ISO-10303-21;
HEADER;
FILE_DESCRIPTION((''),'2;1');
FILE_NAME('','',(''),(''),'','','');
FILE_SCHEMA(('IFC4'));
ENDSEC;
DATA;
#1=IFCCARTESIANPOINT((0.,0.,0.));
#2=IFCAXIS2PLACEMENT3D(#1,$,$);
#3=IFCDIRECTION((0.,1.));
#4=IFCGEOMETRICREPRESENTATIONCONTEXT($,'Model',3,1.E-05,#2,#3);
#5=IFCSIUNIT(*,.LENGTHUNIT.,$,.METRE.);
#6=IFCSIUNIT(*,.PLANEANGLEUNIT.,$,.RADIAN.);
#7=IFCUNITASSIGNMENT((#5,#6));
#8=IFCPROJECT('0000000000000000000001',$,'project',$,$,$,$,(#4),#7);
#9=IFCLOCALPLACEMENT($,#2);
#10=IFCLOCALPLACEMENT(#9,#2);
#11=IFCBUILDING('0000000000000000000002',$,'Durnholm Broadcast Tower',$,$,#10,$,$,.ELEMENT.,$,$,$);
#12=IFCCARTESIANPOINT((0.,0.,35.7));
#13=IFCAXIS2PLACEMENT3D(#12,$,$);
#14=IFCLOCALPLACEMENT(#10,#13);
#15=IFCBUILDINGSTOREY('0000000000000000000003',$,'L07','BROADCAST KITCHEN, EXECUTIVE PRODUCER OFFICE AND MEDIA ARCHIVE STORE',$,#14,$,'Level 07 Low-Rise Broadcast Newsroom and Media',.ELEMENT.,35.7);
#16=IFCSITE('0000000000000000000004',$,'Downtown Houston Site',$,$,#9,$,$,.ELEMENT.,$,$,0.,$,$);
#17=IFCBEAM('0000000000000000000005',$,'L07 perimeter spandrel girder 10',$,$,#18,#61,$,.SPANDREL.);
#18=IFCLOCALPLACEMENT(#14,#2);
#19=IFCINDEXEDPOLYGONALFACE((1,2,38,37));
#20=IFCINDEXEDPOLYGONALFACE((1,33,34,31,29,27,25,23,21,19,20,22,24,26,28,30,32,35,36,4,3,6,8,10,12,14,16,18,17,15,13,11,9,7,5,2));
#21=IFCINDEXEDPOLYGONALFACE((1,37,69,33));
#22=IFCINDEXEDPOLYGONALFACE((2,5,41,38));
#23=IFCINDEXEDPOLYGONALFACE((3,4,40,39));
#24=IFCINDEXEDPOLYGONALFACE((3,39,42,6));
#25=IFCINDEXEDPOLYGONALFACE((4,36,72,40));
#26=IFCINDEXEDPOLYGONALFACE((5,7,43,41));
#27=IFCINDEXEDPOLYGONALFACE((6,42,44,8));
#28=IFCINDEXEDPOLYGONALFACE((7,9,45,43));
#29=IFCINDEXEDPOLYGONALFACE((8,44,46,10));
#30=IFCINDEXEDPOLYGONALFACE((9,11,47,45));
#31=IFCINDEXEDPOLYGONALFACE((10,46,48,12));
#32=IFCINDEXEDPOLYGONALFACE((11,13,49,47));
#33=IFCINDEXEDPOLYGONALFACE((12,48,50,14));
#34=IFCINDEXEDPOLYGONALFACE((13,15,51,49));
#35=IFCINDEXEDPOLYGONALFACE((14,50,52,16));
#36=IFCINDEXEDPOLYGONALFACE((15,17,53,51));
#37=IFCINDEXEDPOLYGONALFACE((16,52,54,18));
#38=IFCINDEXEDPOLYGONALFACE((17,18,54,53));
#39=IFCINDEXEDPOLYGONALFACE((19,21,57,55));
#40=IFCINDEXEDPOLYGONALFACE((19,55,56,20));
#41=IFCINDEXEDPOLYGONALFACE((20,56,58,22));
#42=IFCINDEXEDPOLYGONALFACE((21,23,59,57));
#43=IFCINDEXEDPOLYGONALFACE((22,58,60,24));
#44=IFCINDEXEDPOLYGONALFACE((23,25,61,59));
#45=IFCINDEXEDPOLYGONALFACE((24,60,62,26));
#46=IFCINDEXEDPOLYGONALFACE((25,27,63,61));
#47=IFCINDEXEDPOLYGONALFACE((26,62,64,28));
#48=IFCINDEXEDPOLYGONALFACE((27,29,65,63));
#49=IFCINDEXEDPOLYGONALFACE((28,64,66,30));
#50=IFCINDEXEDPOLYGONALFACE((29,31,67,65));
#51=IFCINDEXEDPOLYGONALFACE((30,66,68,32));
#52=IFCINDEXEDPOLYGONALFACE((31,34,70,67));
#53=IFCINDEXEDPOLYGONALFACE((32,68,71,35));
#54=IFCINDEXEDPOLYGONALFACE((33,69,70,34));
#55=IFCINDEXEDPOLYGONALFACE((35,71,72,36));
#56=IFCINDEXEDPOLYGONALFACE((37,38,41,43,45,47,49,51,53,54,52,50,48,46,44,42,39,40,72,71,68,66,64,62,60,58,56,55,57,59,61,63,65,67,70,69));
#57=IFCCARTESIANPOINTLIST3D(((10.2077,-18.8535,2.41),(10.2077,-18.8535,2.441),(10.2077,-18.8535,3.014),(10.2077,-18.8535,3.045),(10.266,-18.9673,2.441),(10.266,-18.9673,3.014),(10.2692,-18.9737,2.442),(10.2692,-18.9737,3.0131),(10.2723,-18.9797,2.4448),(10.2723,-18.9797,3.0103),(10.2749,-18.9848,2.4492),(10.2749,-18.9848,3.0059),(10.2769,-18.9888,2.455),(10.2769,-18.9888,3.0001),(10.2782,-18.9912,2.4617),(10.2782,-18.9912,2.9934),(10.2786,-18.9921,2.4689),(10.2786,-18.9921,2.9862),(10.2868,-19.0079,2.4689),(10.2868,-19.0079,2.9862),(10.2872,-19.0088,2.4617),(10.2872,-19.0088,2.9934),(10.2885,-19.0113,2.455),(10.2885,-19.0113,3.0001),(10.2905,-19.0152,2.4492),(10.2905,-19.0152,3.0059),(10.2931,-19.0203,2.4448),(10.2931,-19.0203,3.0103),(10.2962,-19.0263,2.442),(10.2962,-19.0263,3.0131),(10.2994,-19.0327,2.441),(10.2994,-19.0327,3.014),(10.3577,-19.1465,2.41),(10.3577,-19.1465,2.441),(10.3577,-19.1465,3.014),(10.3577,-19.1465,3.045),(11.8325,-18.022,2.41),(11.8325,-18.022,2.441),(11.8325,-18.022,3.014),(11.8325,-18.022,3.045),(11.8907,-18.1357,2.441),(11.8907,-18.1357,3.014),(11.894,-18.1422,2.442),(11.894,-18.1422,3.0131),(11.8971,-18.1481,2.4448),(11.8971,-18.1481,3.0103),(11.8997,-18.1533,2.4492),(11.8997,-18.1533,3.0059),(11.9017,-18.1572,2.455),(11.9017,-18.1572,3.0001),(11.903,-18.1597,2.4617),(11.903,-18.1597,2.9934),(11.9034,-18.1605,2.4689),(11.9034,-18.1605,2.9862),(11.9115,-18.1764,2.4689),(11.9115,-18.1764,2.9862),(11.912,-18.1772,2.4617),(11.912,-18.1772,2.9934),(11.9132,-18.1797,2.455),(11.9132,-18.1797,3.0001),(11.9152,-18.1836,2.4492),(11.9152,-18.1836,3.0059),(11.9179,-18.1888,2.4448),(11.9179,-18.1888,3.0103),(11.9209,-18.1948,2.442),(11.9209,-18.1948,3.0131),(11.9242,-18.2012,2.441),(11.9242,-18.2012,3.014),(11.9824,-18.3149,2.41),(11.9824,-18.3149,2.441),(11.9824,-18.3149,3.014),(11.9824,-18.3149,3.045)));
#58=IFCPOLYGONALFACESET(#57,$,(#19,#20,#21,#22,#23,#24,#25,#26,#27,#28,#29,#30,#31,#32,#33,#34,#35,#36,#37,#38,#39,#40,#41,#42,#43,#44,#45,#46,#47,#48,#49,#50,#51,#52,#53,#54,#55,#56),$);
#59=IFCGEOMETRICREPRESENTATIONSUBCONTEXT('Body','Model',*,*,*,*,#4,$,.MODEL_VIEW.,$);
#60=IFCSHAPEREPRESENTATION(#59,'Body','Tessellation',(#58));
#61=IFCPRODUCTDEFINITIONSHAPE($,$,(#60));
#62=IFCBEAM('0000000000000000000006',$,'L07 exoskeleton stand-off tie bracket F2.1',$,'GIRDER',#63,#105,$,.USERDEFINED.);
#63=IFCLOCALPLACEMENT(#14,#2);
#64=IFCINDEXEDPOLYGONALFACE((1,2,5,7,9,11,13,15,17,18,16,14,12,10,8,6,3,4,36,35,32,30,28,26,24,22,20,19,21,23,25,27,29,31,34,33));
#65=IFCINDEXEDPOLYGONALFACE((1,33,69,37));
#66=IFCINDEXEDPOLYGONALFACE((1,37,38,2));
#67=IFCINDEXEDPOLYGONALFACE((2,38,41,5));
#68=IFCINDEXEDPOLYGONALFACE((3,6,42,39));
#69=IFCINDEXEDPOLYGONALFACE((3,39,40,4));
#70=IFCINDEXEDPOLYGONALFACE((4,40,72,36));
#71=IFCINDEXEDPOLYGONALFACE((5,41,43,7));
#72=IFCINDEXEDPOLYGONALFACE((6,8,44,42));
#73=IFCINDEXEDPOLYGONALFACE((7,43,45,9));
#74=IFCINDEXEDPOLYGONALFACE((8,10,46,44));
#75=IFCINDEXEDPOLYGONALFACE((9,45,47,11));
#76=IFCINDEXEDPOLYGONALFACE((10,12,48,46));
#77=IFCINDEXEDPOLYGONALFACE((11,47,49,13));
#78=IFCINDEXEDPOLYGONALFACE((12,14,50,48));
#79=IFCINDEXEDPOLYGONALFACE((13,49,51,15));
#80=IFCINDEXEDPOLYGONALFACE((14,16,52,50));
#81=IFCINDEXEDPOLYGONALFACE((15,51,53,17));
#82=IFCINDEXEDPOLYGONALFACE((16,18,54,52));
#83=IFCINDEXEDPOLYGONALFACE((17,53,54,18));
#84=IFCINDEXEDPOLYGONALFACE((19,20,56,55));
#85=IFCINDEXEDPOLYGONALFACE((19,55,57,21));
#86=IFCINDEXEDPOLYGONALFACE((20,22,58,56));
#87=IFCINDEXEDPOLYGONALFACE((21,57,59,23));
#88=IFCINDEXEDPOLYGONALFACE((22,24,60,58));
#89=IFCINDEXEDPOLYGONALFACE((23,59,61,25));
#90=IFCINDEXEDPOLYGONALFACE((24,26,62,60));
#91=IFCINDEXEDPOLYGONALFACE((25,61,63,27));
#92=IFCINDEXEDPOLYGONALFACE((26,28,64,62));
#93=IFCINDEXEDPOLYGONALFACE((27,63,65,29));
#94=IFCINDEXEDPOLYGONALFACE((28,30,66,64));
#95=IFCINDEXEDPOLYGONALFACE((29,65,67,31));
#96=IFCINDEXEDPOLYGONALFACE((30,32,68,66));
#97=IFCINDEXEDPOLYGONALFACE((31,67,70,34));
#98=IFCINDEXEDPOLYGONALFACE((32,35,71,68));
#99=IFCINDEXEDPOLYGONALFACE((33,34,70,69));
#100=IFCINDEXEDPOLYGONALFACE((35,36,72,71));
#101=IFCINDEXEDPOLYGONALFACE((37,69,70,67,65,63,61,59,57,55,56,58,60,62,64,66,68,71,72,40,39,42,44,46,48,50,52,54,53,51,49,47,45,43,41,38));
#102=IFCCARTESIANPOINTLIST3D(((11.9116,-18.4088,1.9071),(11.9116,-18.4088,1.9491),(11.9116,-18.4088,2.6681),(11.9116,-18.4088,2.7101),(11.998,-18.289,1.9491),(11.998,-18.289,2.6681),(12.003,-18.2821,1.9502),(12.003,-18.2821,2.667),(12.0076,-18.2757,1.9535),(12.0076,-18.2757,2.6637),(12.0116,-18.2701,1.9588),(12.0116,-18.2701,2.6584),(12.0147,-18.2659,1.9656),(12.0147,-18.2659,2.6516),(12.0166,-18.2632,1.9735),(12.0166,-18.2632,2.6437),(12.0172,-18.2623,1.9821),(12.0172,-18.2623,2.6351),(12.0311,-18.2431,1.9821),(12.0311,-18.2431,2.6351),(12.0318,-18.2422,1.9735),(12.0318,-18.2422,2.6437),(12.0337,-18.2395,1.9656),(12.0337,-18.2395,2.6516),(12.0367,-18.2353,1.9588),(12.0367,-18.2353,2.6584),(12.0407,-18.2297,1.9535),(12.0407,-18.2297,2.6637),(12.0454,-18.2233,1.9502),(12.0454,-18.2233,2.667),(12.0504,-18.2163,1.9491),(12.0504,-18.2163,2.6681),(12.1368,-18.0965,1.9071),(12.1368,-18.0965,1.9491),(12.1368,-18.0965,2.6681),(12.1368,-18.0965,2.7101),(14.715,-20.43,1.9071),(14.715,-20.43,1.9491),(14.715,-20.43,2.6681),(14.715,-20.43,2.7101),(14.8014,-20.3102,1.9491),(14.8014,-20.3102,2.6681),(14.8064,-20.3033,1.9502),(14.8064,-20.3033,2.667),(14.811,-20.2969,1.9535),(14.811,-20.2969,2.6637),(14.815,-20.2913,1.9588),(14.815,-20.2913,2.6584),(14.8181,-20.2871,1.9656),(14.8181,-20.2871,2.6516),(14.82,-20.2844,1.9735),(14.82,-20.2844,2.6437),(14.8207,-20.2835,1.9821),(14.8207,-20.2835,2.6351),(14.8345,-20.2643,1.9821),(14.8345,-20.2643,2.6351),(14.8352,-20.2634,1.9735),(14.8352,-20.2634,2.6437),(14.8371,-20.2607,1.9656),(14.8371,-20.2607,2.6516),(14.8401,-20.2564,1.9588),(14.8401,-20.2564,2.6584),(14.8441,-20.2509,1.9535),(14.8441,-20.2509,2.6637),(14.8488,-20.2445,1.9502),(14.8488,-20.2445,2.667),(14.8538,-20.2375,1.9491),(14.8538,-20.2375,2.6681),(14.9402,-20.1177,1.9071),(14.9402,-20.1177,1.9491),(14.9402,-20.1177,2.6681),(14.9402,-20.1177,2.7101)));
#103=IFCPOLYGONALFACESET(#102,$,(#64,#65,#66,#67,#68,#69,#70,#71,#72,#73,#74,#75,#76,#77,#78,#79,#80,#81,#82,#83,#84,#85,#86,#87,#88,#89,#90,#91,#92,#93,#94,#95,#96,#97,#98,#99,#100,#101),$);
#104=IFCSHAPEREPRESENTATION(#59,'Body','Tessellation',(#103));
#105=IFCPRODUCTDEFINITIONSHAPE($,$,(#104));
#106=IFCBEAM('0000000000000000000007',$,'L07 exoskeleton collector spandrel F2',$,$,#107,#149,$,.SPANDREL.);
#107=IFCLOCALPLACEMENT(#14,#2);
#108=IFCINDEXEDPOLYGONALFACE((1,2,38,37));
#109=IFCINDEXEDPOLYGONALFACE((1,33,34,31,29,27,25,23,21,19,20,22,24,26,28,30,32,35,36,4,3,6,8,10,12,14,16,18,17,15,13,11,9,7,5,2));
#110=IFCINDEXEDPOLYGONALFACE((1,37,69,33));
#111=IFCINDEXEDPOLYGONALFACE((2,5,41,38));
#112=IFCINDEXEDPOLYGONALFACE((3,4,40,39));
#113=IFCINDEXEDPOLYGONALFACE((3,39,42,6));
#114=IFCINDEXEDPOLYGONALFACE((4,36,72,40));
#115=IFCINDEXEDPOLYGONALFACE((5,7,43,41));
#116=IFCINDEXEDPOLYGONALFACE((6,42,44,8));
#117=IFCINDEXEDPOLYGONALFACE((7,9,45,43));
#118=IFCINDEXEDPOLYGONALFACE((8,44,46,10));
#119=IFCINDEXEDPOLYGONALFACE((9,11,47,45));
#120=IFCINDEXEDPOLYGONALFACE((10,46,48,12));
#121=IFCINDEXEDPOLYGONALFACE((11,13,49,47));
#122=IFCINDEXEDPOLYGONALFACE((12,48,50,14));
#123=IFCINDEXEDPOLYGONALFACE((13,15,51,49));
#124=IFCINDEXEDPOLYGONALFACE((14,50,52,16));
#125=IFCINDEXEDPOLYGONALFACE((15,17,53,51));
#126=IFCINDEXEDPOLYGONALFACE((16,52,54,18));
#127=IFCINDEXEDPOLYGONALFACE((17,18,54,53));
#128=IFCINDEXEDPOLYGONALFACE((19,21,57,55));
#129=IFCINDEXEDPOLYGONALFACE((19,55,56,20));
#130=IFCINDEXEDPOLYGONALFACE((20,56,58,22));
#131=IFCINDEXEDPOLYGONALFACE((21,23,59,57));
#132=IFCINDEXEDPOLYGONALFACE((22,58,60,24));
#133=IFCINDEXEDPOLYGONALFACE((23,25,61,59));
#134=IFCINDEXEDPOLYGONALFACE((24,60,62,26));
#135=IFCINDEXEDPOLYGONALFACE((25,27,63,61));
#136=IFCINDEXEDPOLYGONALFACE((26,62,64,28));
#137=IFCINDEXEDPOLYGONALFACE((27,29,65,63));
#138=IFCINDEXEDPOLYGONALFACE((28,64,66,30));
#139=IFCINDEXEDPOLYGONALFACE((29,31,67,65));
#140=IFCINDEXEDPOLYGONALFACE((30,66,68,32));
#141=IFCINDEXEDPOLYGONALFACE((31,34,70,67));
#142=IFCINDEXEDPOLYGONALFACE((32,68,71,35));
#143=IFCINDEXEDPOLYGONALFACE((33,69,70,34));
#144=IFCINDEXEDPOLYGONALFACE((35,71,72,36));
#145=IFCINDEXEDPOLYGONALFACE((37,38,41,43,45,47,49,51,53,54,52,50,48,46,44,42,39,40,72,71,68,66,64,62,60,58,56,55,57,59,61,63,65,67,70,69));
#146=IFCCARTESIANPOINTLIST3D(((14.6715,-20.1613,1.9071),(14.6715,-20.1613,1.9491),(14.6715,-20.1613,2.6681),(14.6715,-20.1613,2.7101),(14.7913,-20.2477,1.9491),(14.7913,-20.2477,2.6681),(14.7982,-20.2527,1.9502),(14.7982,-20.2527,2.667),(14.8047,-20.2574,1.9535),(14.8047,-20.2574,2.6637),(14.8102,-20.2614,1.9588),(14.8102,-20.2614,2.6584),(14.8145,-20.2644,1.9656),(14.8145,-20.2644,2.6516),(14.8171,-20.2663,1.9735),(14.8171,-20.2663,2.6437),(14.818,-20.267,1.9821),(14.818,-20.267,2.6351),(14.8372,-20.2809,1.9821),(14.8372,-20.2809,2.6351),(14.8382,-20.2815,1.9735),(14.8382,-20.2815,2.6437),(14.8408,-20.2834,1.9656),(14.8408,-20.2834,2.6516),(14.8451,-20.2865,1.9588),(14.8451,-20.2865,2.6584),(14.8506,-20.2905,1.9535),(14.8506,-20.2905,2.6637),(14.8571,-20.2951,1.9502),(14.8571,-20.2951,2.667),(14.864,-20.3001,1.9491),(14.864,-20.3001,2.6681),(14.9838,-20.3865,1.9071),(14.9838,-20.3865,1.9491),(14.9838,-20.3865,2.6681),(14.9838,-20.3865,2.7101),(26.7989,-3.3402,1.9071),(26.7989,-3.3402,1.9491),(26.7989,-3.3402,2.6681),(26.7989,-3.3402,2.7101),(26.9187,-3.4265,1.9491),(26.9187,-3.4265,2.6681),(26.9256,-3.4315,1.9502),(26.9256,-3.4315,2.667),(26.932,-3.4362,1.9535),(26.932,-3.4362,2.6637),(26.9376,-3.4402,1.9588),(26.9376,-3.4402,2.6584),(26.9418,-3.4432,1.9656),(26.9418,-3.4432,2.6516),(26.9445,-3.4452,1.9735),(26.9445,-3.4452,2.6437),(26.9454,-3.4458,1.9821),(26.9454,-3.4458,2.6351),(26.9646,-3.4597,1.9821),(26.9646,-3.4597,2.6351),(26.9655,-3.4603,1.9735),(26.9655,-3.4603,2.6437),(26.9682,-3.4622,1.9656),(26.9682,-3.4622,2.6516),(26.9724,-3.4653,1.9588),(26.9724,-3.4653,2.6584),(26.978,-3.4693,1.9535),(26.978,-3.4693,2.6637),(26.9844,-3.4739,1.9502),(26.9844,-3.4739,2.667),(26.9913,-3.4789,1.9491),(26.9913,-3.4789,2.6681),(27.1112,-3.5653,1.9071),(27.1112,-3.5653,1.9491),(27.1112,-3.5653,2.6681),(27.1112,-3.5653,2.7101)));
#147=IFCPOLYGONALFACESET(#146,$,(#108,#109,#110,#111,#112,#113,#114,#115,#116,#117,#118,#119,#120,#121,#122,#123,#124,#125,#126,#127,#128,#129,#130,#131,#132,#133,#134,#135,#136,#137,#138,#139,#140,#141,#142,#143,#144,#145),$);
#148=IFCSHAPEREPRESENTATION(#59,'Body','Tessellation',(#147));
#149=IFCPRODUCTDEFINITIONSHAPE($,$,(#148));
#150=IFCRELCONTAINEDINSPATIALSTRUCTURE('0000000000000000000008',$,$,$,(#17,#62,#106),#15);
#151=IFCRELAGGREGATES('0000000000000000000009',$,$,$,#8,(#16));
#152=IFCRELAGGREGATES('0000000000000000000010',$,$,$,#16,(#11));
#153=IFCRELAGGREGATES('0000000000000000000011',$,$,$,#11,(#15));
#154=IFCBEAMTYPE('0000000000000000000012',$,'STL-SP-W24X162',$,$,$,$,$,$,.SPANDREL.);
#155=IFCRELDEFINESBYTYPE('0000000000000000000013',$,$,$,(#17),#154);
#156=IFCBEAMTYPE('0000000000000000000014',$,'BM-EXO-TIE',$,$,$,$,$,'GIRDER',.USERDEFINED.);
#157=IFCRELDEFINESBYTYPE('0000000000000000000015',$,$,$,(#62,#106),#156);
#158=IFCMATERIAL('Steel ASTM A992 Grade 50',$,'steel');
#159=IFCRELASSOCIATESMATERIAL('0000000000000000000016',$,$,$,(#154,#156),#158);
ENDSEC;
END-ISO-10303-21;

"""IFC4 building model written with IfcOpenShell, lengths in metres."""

from ifc_helpers import new_model, si_unit, direction, frame, origin, origin_2d, place, context, subcontext, project, spatial, i_section, extrude, source, transform, mapped, material, material_profile, profile_set, type_object, type_shapes, element, save


model = new_model("IFC4")

# Units and contexts
model_context = context("Model", 3, precision=1e-05, world=origin(), true_north=direction((0.0, 1.0)))
body_context = subcontext(model_context, "Body", "Model", "MODEL_VIEW")
ifc_project = project(units=[si_unit("LENGTHUNIT", "METRE"), si_unit("PLANEANGLEUNIT", "RADIAN")], contexts=[model_context])

# Site, building, storey
site_placement = place(None, origin())
site = spatial("IfcSite", under=ifc_project, at=site_placement, Name="Downtown Houston Site", CompositionType="ELEMENT", RefElevation=0.0)
building_placement = place(site_placement, origin())
building = spatial("IfcBuilding", under=site, at=building_placement, Name="Durnholm Broadcast Tower", CompositionType="ELEMENT")
storey_placement = place(building_placement, frame((0.0, 0.0, 35.7)))
storey = spatial("IfcBuildingStorey", under=building, at=storey_placement, Name="L07", Description="BROADCAST KITCHEN, EXECUTIVE PRODUCER OFFICE AND MEDIA ARCHIVE STORE", LongName="Level 07 Low-Rise Broadcast Newsroom and Media", CompositionType="ELEMENT", Elevation=35.7)

# Beams
ifc_material_1 = material(Name="Steel ASTM A992 Grade 50", Category="steel")
ifc_material_profile_1 = material_profile(ifc_material_1, i_section(OverallWidth=0.3291, OverallDepth=0.635, WebThickness=0.0178, FlangeThickness=0.031, FilletRadius=0.0278, at=origin_2d()), Name="W24X162")
ifc_profile_set_1 = profile_set([ifc_material_profile_1], Name="Steel ASTM A992 Grade 50")
beam_type_1 = type_object("IfcBeamType", Name="STL-SP-W24X162", PredefinedType="SPANDREL", material=ifc_profile_set_1)
shared_shape_1 = source(origin(), body_context, "Body", "SweptSolid", [
    extrude(i_section(OverallWidth=0.3291, OverallDepth=0.635, WebThickness=0.0178, FlangeThickness=0.031, FilletRadius=0.0278, at=origin_2d()), origin(), (0.0, 0.0, 1.0), 1.8252),
])
type_shapes(beam_type_1, [shared_shape_1])
beam_1_placement = place(storey_placement, frame((11.9075, -18.1685, 2.7275), z_axis=(-0.890188, -0.455594, 0.0), x_axis=(0.455594, -0.890188, 0.0)))
element("IfcBeam", 1, at=beam_1_placement, inside=storey, type_object=beam_type_1, Name="L07 perimeter spandrel girder 10", PredefinedType="SPANDREL", context=body_context, shape_type="MappedRepresentation", body=[
    mapped(shared_shape_1, transform((0.0, 0.0, 0.0), x_axis=(1.0, 0.0, 0.0), y_axis=(0.0, 1.0, 0.0), z_axis=(0.0, 0.0, 1.0), scale=1.0)),
])
ifc_material_profile_2 = material_profile(ifc_material_1, i_section(OverallWidth=0.385, OverallDepth=0.803, WebThickness=0.0237, FlangeThickness=0.042, FilletRadius=0.033, at=origin_2d()), Name="W30X261")
ifc_profile_set_2 = profile_set([ifc_material_profile_2], Name="Steel ASTM A992 Grade 50")
beam_type_2 = type_object("IfcBeamType", Name="BM-EXO-TIE", ElementType="GIRDER", PredefinedType="USERDEFINED", material=ifc_profile_set_2)
shared_shape_2 = source(origin(), body_context, "Body", "SweptSolid", [
    extrude(i_section(OverallWidth=0.385, OverallDepth=0.803, WebThickness=0.0237, FlangeThickness=0.042, FilletRadius=0.033, at=origin_2d()), origin(), (0.0, 0.0, 1.0), 3.4561),
])
beam_2_placement = place(storey_placement, frame((12.0242, -18.2527, 2.3086), z_axis=(0.811158, -0.584828, 0.0), x_axis=(0.584828, 0.811158, 0.0)))
element("IfcBeam", 2, at=beam_2_placement, inside=storey, type_object=beam_type_2, Name="L07 exoskeleton stand-off tie bracket F2.1", ObjectType="GIRDER", PredefinedType="USERDEFINED", context=body_context, shape_type="MappedRepresentation", body=[
    mapped(shared_shape_2, transform((0.0, 0.0, 0.0), x_axis=(1.0, 0.0, 0.0), y_axis=(0.0, 1.0, 0.0), z_axis=(0.0, 0.0, 1.0), scale=1.0)),
])
shared_shape_3 = source(origin(), body_context, "Body", "SweptSolid", [
    extrude(i_section(OverallWidth=0.385, OverallDepth=0.803, WebThickness=0.0237, FlangeThickness=0.042, FilletRadius=0.033, at=origin_2d()), origin(), (0.0, 0.0, 1.0), 20.7371),
])
type_shapes(beam_type_2, [shared_shape_2, shared_shape_3])
beam_3_placement = place(storey_placement, frame((14.8276, -20.2739, 2.3086), z_axis=(0.584816, 0.811166, 0.0), x_axis=(-0.811166, 0.584816, 0.0)))
element("IfcBeam", 3, at=beam_3_placement, inside=storey, type_object=beam_type_2, Name="L07 exoskeleton collector spandrel F2", PredefinedType="SPANDREL", context=body_context, shape_type="MappedRepresentation", body=[
    mapped(shared_shape_3, transform((0.0, 0.0, 0.0), x_axis=(1.0, 0.0, 0.0), y_axis=(0.0, 1.0, 0.0), z_axis=(0.0, 0.0, 1.0), scale=1.0)),
])

save(model, "model.ifc")
